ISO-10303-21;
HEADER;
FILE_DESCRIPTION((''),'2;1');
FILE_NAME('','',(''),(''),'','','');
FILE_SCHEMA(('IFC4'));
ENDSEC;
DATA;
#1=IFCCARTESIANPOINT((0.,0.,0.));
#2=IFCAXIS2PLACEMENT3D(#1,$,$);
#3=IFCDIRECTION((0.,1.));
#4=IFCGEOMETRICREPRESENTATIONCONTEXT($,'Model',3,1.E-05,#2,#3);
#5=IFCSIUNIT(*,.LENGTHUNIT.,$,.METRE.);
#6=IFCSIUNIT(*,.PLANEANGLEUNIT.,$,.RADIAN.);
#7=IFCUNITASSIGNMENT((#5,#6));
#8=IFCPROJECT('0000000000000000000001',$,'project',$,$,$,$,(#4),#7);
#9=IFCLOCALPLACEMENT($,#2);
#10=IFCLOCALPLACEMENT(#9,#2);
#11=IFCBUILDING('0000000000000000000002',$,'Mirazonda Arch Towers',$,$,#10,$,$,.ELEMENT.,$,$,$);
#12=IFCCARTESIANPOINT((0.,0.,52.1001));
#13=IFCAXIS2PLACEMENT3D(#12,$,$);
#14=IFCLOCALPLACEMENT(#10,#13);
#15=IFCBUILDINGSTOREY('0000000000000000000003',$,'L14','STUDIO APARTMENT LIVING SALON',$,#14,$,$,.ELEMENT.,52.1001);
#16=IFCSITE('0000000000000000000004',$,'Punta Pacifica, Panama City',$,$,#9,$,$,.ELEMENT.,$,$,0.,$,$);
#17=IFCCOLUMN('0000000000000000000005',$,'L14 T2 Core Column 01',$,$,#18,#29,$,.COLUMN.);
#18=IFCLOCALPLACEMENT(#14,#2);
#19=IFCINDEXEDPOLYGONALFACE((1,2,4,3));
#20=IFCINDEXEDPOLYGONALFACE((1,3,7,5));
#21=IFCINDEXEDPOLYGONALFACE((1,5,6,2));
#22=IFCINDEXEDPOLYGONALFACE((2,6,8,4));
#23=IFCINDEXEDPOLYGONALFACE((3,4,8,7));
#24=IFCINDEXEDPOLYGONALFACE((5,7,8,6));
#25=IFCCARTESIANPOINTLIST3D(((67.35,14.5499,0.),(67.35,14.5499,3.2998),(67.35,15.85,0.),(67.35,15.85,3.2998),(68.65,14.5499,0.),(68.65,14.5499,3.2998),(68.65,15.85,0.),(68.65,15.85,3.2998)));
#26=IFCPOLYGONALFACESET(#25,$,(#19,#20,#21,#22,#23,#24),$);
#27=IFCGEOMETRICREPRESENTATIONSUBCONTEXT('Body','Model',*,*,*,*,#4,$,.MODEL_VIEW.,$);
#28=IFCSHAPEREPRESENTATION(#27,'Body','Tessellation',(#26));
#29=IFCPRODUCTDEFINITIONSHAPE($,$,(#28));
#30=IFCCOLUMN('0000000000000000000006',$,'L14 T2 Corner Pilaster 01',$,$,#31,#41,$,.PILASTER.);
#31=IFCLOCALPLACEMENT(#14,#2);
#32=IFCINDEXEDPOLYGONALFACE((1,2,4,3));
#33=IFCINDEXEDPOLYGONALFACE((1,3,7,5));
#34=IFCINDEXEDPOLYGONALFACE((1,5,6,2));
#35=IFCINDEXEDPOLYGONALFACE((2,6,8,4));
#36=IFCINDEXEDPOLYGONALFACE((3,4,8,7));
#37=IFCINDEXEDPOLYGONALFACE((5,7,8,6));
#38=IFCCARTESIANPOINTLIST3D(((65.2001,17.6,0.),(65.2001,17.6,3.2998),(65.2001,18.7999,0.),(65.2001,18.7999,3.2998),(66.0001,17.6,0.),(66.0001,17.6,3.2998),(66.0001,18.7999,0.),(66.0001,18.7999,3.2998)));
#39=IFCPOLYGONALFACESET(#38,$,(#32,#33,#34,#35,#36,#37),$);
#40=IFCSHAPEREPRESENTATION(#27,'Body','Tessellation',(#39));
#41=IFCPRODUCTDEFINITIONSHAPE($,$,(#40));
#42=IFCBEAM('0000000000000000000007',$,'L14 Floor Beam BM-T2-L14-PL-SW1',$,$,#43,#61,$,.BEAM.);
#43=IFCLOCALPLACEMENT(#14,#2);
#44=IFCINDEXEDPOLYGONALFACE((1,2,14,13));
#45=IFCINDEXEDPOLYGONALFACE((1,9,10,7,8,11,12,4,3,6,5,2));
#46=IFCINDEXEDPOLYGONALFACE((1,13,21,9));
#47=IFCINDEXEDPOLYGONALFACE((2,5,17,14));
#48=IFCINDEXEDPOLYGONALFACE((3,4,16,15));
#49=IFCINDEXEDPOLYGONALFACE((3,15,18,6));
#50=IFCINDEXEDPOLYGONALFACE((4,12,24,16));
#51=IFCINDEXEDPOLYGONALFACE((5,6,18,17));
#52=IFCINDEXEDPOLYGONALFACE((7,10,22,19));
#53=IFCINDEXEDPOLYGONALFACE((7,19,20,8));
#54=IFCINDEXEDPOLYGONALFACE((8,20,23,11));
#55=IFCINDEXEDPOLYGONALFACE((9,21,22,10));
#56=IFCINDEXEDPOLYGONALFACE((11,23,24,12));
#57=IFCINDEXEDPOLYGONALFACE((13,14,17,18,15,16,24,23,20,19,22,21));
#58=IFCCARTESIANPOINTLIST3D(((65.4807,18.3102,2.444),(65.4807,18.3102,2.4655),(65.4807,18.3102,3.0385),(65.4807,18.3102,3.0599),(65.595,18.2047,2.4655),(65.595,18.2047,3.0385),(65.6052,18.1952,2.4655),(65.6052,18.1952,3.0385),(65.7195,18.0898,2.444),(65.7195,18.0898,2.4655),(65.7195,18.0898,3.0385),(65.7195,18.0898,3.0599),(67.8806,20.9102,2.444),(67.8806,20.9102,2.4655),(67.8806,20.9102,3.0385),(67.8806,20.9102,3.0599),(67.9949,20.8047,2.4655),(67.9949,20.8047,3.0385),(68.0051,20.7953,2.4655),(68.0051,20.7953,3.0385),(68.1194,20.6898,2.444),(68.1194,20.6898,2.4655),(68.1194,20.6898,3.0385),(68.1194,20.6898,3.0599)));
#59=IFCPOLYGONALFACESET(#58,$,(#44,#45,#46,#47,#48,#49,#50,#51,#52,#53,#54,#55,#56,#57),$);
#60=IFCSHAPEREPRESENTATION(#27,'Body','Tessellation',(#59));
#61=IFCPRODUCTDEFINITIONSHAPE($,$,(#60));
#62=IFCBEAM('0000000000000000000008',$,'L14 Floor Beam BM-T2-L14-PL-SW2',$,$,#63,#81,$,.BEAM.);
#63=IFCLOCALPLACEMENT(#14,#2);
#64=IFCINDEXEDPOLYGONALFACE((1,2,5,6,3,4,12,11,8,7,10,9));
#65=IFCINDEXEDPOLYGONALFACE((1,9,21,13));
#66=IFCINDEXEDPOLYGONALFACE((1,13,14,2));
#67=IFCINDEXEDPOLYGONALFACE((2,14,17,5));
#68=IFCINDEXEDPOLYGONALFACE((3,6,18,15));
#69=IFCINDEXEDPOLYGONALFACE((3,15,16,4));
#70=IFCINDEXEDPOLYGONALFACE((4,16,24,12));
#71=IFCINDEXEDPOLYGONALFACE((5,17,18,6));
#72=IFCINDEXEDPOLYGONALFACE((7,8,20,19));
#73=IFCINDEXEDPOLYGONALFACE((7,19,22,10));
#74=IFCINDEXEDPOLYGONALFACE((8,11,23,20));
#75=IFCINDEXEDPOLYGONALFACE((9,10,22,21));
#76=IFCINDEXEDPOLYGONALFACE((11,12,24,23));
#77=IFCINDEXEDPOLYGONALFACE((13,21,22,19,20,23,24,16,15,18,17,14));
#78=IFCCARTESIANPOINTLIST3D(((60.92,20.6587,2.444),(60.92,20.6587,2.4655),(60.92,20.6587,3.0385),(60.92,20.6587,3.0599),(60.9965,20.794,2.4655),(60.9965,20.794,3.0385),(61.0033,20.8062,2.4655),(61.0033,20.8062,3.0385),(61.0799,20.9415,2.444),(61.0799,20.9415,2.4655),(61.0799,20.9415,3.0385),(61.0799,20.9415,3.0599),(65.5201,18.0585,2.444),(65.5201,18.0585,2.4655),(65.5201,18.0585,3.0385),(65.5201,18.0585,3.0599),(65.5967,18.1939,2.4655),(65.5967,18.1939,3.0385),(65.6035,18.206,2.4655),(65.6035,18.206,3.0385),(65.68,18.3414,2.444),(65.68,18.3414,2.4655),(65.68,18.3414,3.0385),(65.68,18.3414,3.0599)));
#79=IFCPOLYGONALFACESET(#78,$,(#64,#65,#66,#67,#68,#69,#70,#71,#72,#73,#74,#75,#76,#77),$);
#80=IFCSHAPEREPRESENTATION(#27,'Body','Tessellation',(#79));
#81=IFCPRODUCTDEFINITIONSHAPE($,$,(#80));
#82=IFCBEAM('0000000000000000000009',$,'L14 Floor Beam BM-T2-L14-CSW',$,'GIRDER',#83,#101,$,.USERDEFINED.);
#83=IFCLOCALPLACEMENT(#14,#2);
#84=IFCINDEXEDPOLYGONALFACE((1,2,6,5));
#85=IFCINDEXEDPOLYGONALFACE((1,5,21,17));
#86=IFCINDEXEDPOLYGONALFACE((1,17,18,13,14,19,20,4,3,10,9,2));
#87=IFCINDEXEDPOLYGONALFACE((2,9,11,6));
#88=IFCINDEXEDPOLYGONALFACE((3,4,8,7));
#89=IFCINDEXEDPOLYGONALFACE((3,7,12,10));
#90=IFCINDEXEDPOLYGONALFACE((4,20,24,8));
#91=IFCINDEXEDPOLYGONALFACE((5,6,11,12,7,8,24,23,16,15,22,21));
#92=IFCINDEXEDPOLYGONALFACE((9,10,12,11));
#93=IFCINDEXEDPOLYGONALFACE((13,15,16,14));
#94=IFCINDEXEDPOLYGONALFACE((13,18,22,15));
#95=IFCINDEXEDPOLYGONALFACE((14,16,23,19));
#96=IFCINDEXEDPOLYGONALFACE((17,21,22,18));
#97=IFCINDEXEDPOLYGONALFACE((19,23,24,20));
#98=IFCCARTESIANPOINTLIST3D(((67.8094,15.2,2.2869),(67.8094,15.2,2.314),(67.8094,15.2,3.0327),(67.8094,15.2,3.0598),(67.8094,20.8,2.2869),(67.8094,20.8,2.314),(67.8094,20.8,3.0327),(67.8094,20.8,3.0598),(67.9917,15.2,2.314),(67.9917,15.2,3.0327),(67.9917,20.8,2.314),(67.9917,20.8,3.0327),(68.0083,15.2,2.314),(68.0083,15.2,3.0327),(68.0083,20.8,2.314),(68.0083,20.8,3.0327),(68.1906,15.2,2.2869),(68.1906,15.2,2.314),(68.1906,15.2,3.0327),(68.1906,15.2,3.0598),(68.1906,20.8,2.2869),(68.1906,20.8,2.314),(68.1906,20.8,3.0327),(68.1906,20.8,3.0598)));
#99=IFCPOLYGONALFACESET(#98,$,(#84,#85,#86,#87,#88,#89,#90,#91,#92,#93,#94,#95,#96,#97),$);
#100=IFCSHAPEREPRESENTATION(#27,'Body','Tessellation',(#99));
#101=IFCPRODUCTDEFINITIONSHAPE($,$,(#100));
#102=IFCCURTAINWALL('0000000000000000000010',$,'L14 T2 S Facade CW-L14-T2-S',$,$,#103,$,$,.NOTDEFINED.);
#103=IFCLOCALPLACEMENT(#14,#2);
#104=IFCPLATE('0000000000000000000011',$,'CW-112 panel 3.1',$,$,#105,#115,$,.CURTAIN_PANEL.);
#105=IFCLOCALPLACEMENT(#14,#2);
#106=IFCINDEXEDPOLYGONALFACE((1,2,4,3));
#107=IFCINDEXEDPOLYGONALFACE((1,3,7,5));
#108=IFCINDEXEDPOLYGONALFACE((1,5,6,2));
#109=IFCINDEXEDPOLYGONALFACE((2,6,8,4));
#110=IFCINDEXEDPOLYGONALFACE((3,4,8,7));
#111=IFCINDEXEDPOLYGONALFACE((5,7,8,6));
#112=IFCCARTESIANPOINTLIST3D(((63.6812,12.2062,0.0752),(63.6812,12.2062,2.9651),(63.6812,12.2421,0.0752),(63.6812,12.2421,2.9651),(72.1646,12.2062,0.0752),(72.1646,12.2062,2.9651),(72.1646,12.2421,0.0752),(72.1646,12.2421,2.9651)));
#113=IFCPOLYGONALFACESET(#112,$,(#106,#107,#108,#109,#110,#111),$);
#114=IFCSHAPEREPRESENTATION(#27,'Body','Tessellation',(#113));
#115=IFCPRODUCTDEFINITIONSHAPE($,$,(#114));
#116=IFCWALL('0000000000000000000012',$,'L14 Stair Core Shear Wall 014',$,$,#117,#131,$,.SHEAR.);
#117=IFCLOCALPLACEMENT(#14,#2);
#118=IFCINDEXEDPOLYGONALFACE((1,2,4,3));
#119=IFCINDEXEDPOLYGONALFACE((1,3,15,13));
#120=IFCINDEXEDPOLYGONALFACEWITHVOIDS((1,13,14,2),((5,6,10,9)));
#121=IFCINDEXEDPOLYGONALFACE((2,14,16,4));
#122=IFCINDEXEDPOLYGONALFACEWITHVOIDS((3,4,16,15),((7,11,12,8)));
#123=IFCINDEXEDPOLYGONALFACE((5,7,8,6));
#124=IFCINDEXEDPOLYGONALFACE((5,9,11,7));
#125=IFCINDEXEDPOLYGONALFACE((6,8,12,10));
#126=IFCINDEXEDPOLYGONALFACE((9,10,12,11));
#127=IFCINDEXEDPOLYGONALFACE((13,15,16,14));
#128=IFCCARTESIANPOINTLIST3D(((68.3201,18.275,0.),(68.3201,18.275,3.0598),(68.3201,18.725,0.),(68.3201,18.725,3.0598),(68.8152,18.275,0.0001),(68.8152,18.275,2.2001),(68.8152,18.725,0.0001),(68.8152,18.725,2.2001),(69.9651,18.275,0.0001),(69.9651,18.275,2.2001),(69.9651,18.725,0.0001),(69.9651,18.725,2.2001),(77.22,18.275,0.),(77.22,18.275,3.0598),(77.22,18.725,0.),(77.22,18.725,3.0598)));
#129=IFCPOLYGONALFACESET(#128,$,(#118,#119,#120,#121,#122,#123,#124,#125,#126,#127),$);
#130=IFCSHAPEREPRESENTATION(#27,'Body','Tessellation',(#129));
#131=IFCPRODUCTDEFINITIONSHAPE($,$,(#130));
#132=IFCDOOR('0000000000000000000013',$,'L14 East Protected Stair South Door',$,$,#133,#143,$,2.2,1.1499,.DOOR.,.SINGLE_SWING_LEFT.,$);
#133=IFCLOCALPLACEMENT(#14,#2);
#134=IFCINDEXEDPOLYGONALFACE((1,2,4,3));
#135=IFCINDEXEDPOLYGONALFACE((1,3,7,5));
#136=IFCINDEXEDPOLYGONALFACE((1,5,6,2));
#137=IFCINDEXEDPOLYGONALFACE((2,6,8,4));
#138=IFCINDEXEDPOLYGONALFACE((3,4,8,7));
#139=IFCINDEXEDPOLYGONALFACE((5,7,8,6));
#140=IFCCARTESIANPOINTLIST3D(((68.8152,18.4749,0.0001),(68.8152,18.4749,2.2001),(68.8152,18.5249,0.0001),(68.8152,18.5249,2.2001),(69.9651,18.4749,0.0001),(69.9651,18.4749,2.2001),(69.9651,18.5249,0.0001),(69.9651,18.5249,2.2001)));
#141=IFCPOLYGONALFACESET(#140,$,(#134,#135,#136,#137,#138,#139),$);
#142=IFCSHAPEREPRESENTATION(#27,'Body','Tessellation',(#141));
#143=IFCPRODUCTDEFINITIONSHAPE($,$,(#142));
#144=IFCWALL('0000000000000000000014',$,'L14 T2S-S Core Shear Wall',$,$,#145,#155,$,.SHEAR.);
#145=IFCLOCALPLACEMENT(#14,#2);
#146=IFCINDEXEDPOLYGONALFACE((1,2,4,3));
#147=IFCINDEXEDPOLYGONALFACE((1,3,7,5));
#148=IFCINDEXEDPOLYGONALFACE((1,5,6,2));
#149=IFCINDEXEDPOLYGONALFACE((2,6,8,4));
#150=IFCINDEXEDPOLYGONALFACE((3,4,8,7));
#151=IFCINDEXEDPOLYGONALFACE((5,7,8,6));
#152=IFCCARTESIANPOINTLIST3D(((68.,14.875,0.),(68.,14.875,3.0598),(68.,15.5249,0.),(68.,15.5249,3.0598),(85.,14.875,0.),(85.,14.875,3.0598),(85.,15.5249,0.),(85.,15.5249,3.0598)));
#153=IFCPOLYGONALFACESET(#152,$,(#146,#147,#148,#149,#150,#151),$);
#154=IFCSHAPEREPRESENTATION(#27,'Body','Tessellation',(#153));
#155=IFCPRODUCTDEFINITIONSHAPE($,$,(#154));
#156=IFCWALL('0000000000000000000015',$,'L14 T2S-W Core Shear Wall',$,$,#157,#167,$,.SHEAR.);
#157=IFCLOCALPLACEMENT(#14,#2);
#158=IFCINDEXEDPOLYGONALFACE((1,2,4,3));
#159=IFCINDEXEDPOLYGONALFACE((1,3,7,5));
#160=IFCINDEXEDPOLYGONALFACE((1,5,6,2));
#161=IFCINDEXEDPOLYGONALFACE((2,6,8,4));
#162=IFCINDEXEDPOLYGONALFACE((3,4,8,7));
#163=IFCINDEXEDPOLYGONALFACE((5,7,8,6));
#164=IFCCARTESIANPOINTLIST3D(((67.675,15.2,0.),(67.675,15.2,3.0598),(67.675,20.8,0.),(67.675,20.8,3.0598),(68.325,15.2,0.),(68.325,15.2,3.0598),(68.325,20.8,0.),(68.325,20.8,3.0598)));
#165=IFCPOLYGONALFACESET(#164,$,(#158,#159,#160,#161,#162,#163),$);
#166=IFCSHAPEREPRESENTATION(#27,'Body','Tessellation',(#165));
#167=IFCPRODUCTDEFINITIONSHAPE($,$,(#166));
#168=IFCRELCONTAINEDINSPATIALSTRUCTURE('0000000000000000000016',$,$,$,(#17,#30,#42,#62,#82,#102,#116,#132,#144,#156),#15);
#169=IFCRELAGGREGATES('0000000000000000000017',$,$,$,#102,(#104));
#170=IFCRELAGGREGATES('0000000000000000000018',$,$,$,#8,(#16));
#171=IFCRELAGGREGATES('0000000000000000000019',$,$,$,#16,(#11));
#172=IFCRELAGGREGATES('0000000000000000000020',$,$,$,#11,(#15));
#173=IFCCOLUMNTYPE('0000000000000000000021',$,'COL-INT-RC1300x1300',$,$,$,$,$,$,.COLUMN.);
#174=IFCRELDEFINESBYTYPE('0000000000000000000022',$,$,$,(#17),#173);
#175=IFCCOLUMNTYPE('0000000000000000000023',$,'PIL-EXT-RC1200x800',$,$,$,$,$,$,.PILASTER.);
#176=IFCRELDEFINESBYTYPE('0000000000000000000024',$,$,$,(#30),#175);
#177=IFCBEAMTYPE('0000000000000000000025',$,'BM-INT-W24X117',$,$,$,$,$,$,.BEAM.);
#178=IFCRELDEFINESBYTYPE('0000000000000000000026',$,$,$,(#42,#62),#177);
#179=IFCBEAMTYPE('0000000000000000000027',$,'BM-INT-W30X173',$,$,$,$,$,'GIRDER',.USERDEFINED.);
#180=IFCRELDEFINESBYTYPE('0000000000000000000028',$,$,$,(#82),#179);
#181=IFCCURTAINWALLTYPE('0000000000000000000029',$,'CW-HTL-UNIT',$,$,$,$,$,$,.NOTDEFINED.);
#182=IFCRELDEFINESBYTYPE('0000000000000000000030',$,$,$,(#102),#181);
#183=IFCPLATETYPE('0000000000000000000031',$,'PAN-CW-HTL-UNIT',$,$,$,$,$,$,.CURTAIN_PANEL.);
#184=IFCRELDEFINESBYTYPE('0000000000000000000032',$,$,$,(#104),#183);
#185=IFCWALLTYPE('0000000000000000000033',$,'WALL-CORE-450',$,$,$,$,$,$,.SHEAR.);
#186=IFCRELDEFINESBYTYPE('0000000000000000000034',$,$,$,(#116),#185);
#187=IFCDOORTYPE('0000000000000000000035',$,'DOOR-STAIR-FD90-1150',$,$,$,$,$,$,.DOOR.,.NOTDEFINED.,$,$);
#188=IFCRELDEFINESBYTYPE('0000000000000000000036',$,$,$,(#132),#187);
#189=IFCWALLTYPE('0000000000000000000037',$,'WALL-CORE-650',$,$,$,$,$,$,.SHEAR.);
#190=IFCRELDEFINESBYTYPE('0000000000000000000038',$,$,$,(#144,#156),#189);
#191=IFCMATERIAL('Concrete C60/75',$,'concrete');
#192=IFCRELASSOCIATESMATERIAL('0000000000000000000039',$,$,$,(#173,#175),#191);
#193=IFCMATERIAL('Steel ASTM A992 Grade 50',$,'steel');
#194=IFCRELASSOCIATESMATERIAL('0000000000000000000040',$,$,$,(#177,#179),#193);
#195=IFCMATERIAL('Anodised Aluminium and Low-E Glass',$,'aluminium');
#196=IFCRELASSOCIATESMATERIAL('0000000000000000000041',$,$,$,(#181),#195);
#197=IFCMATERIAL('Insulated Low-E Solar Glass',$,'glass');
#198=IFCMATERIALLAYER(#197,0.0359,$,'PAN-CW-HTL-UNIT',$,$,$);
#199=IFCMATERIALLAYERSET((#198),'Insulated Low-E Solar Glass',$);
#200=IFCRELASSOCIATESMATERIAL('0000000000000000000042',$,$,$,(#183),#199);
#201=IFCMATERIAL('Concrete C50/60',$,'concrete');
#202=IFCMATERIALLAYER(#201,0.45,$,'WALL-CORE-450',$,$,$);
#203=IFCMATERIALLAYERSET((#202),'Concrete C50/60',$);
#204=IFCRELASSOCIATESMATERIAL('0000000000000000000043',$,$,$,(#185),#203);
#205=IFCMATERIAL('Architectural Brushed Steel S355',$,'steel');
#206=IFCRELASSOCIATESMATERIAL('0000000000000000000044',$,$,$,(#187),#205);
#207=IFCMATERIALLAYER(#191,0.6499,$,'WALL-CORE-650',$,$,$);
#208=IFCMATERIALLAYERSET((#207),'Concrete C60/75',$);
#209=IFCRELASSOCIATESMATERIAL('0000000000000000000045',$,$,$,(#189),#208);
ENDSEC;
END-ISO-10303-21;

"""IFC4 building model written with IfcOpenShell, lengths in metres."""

from ifc_helpers import new_model, si_unit, direction, frame, frame_2d, origin, origin_2d, place, context, subcontext, project, spatial, rectangle, i_section, extrude, material, layer, layer_set, material_profile, profile_set, type_object, element, fill, aggregate, save


model = new_model("IFC4")

# Units and contexts
model_context = context("Model", 3, precision=1e-05, world=origin(), true_north=direction((0.0, 1.0)))
body_context = subcontext(model_context, "Body", "Model", "MODEL_VIEW")
ifc_project = project(units=[si_unit("LENGTHUNIT", "METRE"), si_unit("PLANEANGLEUNIT", "RADIAN")], contexts=[model_context])

# Site, building, storey
site_placement = place(None, origin())
site = spatial("IfcSite", under=ifc_project, at=site_placement, Name="Punta Pacifica, Panama City", CompositionType="ELEMENT", RefElevation=0.0)
building_placement = place(site_placement, origin())
building = spatial("IfcBuilding", under=site, at=building_placement, Name="Mirazonda Arch Towers", CompositionType="ELEMENT")
storey_placement = place(building_placement, frame((0.0, 0.0, 52.1001)))
storey = spatial("IfcBuildingStorey", under=building, at=storey_placement, Name="L14", Description="STUDIO APARTMENT LIVING SALON", CompositionType="ELEMENT", Elevation=52.1001)

# Columns
ifc_material_1 = material(Name="Concrete C60/75", Category="concrete")
ifc_material_profile_1 = material_profile(ifc_material_1, rectangle(XDim=1.3, YDim=1.3, at=origin_2d()), Name="RC1300x1300")
ifc_profile_set_1 = profile_set([ifc_material_profile_1], Name="Concrete C60/75")
column_type_1 = type_object("IfcColumnType", Name="COL-INT-RC1300x1300", PredefinedType="COLUMN", material=ifc_profile_set_1)
column_1_placement = place(storey_placement, frame((68.0, 15.2, 0.0), z_axis=(0.0, 0.0, 1.0), x_axis=(1.0, 0.0, 0.0)))
element("IfcColumn", 1, at=column_1_placement, inside=storey, type_object=column_type_1, Name="L14 T2 Core Column 01", PredefinedType="COLUMN", context=body_context, shape_type="SweptSolid", body=[
    extrude(rectangle(XDim=1.3, YDim=1.3, at=origin_2d()), origin(), (0.0, 0.0, 1.0), 3.2998),
])
ifc_material_profile_2 = material_profile(ifc_material_1, rectangle(XDim=0.8, YDim=1.2, at=origin_2d()), Name="RC1200x800")
ifc_profile_set_2 = profile_set([ifc_material_profile_2], Name="Concrete C60/75")
column_type_2 = type_object("IfcColumnType", Name="PIL-EXT-RC1200x800", PredefinedType="PILASTER", material=ifc_profile_set_2)
column_2_placement = place(storey_placement, frame((65.6001, 18.2, 0.0), z_axis=(0.0, 0.0, 1.0), x_axis=(1.0, 0.0, 0.0)))
element("IfcColumn", 2, at=column_2_placement, inside=storey, type_object=column_type_2, Name="L14 T2 Corner Pilaster 01", PredefinedType="PILASTER", context=body_context, shape_type="SweptSolid", body=[
    extrude(rectangle(XDim=0.8, YDim=1.2, at=origin_2d()), origin(), (0.0, 0.0, 1.0), 3.2998),
])

# Beams
ifc_material_2 = material(Name="Steel ASTM A992 Grade 50", Category="steel")
ifc_material_profile_3 = material_profile(ifc_material_2, i_section(OverallWidth=0.325, OverallDepth=0.616, WebThickness=0.0139, FlangeThickness=0.0215, at=origin_2d()), Name="W24X117")
ifc_profile_set_3 = profile_set([ifc_material_profile_3], Name="Steel ASTM A992 Grade 50")
beam_type_1 = type_object("IfcBeamType", Name="BM-INT-W24X117", PredefinedType="BEAM", material=ifc_profile_set_3)
beam_1_placement = place(storey_placement, frame((65.6001, 18.2, 2.752), z_axis=(0.678251, 0.73483, 0.0), x_axis=(-0.73483, 0.678251, 0.0)))
element("IfcBeam", 3, at=beam_1_placement, inside=storey, type_object=beam_type_1, Name="L14 Floor Beam BM-T2-L14-PL-SW1", PredefinedType="BEAM", context=body_context, shape_type="SweptSolid", body=[
    extrude(i_section(OverallWidth=0.325, OverallDepth=0.616, WebThickness=0.0139, FlangeThickness=0.0215, at=origin_2d()), origin(), (0.0, 0.0, 1.0), 3.5383),
])
beam_2_placement = place(storey_placement, frame((65.6001, 18.2, 2.752), z_axis=(-0.870559, 0.492063, 0.0), x_axis=(-0.492063, -0.870559, 0.0)))
element("IfcBeam", 4, at=beam_2_placement, inside=storey, type_object=beam_type_1, Name="L14 Floor Beam BM-T2-L14-PL-SW2", PredefinedType="BEAM", context=body_context, shape_type="SweptSolid", body=[
    extrude(i_section(OverallWidth=0.325, OverallDepth=0.616, WebThickness=0.0139, FlangeThickness=0.0215, at=origin_2d()), origin(), (0.0, 0.0, 1.0), 5.2842),
])
ifc_material_profile_4 = material_profile(ifc_material_2, i_section(OverallWidth=0.3811, OverallDepth=0.7729, WebThickness=0.0166, FlangeThickness=0.0271, at=origin_2d()), Name="W30X173")
ifc_profile_set_4 = profile_set([ifc_material_profile_4], Name="Steel ASTM A992 Grade 50")
beam_type_2 = type_object("IfcBeamType", Name="BM-INT-W30X173", ElementType="GIRDER", PredefinedType="USERDEFINED", material=ifc_profile_set_4)
beam_3_placement = place(storey_placement, frame((68.0, 15.2, 2.6733), z_axis=(0.0, 1.0, 0.0), x_axis=(-1.0, 0.0, 0.0)))
element("IfcBeam", 5, at=beam_3_placement, inside=storey, type_object=beam_type_2, Name="L14 Floor Beam BM-T2-L14-CSW", ObjectType="GIRDER", PredefinedType="USERDEFINED", context=body_context, shape_type="SweptSolid", body=[
    extrude(i_section(OverallWidth=0.3811, OverallDepth=0.7729, WebThickness=0.0166, FlangeThickness=0.0271, at=origin_2d()), origin(), (0.0, 0.0, 1.0), 5.6001),
])

# Curtain wall, plate
ifc_material_3 = material(Name="Anodised Aluminium and Low-E Glass", Category="aluminium")
curtain_wall_type = type_object("IfcCurtainWallType", Name="CW-HTL-UNIT", PredefinedType="NOTDEFINED", material=ifc_material_3)
curtain_wall_placement = place(storey_placement, origin())
curtain_wall = element("IfcCurtainWall", 6, at=curtain_wall_placement, inside=storey, type_object=curtain_wall_type, Name="L14 T2 S Facade CW-L14-T2-S", PredefinedType="NOTDEFINED")
ifc_material_4 = material(Name="Insulated Low-E Solar Glass", Category="glass")
ifc_layer_1 = layer(ifc_material_4, 0.0359, Name="PAN-CW-HTL-UNIT")
ifc_layer_set_1 = layer_set([ifc_layer_1], Name="Insulated Low-E Solar Glass")
plate_type = type_object("IfcPlateType", Name="PAN-CW-HTL-UNIT", PredefinedType="CURTAIN_PANEL", material=ifc_layer_set_1)
plate_placement = place(storey_placement, frame((67.9229, 12.2241, 0.0752), z_axis=(0.0, 0.0, 1.0), x_axis=(-1.0, 0.0, 0.0)))
plate = element("IfcPlate", 7, at=plate_placement, type_object=plate_type, Name="CW-112 panel 3.1", PredefinedType="CURTAIN_PANEL", context=body_context, shape_type="SweptSolid", body=[
    extrude(rectangle(XDim=8.4834, YDim=0.0359, at=origin_2d()), origin(), (0.0, 0.0, 1.0), 2.8899),
])
aggregate(curtain_wall, [plate])

# Wall, opening, door
ifc_material_5 = material(Name="Concrete C50/60", Category="concrete")
ifc_layer_2 = layer(ifc_material_5, 0.45, Name="WALL-CORE-450")
ifc_layer_set_2 = layer_set([ifc_layer_2], Name="Concrete C50/60")
wall_type_1 = type_object("IfcWallType", Name="WALL-CORE-450", PredefinedType="SHEAR", material=ifc_layer_set_2)
wall_1_placement = place(storey_placement, frame((68.3201, 18.5, 0.0), z_axis=(0.0, 0.0, 1.0), x_axis=(1.0, 0.0, 0.0)))
wall_1 = element("IfcWall", 8, at=wall_1_placement, inside=storey, type_object=wall_type_1, Name="L14 Stair Core Shear Wall 014", PredefinedType="SHEAR", context=body_context, shape_type="SweptSolid", body=[
    extrude(rectangle(XDim=8.8999, YDim=0.45, at=frame_2d((4.45, 0.0))), origin(), (0.0, 0.0, 1.0), 3.0598),
])
opening_placement = place(wall_1_placement, frame((0.4951, 0.0, 0.0)))
opening = element("IfcOpeningElement", 9, at=opening_placement, cuts=wall_1, PredefinedType="OPENING", context=body_context, shape_type="SweptSolid", body=[
    extrude(rectangle(XDim=1.1499, YDim=2.2, at=frame_2d((0.575, 1.1001))), frame((0.0, 0.2349, 0.0), z_axis=(0.0, -1.0, 0.0), x_axis=(1.0, 0.0, 0.0)), (0.0, 0.0, 1.0), 0.47),
])
ifc_material_6 = material(Name="Architectural Brushed Steel S355", Category="steel")
door_type = type_object("IfcDoorType", Name="DOOR-STAIR-FD90-1150", OperationType="NOTDEFINED", PredefinedType="DOOR", material=ifc_material_6)
door_placement = place(opening_placement, origin())
door = element("IfcDoor", 10, at=door_placement, inside=storey, type_object=door_type, Name="L14 East Protected Stair South Door", OperationType="SINGLE_SWING_LEFT", OverallHeight=2.2, OverallWidth=1.1499, PredefinedType="DOOR", context=body_context, shape_type="SweptSolid", body=[
    extrude(rectangle(XDim=1.1499, YDim=2.2, at=frame_2d((0.575, 1.1001))), frame((0.0, 0.0249, 0.0), z_axis=(0.0, -1.0, 0.0), x_axis=(1.0, 0.0, 0.0)), (0.0, 0.0, 1.0), 0.05),
])
fill(opening, door)

# Walls
ifc_layer_3 = layer(ifc_material_1, 0.6499, Name="WALL-CORE-650")
ifc_layer_set_3 = layer_set([ifc_layer_3], Name="Concrete C60/75")
wall_type_2 = type_object("IfcWallType", Name="WALL-CORE-650", PredefinedType="SHEAR", material=ifc_layer_set_3)
wall_2_placement = place(storey_placement, frame((68.0, 15.2, 0.0), z_axis=(0.0, 0.0, 1.0), x_axis=(1.0, 0.0, 0.0)))
element("IfcWall", 11, at=wall_2_placement, inside=storey, type_object=wall_type_2, Name="L14 T2S-S Core Shear Wall", PredefinedType="SHEAR", context=body_context, shape_type="SweptSolid", body=[
    extrude(rectangle(XDim=17.0, YDim=0.6499, at=frame_2d((8.5, 0.0))), origin(), (0.0, 0.0, 1.0), 3.0598),
])
wall_3_placement = place(storey_placement, frame((68.0, 15.2, 0.0), z_axis=(0.0, 0.0, 1.0), x_axis=(0.0, 1.0, 0.0)))
element("IfcWall", 12, at=wall_3_placement, inside=storey, type_object=wall_type_2, Name="L14 T2S-W Core Shear Wall", PredefinedType="SHEAR", context=body_context, shape_type="SweptSolid", body=[
    extrude(rectangle(XDim=5.6001, YDim=0.6499, at=frame_2d((2.8, 0.0))), origin(), (0.0, 0.0, 1.0), 3.0598),
])

save(model, "model.ifc")
